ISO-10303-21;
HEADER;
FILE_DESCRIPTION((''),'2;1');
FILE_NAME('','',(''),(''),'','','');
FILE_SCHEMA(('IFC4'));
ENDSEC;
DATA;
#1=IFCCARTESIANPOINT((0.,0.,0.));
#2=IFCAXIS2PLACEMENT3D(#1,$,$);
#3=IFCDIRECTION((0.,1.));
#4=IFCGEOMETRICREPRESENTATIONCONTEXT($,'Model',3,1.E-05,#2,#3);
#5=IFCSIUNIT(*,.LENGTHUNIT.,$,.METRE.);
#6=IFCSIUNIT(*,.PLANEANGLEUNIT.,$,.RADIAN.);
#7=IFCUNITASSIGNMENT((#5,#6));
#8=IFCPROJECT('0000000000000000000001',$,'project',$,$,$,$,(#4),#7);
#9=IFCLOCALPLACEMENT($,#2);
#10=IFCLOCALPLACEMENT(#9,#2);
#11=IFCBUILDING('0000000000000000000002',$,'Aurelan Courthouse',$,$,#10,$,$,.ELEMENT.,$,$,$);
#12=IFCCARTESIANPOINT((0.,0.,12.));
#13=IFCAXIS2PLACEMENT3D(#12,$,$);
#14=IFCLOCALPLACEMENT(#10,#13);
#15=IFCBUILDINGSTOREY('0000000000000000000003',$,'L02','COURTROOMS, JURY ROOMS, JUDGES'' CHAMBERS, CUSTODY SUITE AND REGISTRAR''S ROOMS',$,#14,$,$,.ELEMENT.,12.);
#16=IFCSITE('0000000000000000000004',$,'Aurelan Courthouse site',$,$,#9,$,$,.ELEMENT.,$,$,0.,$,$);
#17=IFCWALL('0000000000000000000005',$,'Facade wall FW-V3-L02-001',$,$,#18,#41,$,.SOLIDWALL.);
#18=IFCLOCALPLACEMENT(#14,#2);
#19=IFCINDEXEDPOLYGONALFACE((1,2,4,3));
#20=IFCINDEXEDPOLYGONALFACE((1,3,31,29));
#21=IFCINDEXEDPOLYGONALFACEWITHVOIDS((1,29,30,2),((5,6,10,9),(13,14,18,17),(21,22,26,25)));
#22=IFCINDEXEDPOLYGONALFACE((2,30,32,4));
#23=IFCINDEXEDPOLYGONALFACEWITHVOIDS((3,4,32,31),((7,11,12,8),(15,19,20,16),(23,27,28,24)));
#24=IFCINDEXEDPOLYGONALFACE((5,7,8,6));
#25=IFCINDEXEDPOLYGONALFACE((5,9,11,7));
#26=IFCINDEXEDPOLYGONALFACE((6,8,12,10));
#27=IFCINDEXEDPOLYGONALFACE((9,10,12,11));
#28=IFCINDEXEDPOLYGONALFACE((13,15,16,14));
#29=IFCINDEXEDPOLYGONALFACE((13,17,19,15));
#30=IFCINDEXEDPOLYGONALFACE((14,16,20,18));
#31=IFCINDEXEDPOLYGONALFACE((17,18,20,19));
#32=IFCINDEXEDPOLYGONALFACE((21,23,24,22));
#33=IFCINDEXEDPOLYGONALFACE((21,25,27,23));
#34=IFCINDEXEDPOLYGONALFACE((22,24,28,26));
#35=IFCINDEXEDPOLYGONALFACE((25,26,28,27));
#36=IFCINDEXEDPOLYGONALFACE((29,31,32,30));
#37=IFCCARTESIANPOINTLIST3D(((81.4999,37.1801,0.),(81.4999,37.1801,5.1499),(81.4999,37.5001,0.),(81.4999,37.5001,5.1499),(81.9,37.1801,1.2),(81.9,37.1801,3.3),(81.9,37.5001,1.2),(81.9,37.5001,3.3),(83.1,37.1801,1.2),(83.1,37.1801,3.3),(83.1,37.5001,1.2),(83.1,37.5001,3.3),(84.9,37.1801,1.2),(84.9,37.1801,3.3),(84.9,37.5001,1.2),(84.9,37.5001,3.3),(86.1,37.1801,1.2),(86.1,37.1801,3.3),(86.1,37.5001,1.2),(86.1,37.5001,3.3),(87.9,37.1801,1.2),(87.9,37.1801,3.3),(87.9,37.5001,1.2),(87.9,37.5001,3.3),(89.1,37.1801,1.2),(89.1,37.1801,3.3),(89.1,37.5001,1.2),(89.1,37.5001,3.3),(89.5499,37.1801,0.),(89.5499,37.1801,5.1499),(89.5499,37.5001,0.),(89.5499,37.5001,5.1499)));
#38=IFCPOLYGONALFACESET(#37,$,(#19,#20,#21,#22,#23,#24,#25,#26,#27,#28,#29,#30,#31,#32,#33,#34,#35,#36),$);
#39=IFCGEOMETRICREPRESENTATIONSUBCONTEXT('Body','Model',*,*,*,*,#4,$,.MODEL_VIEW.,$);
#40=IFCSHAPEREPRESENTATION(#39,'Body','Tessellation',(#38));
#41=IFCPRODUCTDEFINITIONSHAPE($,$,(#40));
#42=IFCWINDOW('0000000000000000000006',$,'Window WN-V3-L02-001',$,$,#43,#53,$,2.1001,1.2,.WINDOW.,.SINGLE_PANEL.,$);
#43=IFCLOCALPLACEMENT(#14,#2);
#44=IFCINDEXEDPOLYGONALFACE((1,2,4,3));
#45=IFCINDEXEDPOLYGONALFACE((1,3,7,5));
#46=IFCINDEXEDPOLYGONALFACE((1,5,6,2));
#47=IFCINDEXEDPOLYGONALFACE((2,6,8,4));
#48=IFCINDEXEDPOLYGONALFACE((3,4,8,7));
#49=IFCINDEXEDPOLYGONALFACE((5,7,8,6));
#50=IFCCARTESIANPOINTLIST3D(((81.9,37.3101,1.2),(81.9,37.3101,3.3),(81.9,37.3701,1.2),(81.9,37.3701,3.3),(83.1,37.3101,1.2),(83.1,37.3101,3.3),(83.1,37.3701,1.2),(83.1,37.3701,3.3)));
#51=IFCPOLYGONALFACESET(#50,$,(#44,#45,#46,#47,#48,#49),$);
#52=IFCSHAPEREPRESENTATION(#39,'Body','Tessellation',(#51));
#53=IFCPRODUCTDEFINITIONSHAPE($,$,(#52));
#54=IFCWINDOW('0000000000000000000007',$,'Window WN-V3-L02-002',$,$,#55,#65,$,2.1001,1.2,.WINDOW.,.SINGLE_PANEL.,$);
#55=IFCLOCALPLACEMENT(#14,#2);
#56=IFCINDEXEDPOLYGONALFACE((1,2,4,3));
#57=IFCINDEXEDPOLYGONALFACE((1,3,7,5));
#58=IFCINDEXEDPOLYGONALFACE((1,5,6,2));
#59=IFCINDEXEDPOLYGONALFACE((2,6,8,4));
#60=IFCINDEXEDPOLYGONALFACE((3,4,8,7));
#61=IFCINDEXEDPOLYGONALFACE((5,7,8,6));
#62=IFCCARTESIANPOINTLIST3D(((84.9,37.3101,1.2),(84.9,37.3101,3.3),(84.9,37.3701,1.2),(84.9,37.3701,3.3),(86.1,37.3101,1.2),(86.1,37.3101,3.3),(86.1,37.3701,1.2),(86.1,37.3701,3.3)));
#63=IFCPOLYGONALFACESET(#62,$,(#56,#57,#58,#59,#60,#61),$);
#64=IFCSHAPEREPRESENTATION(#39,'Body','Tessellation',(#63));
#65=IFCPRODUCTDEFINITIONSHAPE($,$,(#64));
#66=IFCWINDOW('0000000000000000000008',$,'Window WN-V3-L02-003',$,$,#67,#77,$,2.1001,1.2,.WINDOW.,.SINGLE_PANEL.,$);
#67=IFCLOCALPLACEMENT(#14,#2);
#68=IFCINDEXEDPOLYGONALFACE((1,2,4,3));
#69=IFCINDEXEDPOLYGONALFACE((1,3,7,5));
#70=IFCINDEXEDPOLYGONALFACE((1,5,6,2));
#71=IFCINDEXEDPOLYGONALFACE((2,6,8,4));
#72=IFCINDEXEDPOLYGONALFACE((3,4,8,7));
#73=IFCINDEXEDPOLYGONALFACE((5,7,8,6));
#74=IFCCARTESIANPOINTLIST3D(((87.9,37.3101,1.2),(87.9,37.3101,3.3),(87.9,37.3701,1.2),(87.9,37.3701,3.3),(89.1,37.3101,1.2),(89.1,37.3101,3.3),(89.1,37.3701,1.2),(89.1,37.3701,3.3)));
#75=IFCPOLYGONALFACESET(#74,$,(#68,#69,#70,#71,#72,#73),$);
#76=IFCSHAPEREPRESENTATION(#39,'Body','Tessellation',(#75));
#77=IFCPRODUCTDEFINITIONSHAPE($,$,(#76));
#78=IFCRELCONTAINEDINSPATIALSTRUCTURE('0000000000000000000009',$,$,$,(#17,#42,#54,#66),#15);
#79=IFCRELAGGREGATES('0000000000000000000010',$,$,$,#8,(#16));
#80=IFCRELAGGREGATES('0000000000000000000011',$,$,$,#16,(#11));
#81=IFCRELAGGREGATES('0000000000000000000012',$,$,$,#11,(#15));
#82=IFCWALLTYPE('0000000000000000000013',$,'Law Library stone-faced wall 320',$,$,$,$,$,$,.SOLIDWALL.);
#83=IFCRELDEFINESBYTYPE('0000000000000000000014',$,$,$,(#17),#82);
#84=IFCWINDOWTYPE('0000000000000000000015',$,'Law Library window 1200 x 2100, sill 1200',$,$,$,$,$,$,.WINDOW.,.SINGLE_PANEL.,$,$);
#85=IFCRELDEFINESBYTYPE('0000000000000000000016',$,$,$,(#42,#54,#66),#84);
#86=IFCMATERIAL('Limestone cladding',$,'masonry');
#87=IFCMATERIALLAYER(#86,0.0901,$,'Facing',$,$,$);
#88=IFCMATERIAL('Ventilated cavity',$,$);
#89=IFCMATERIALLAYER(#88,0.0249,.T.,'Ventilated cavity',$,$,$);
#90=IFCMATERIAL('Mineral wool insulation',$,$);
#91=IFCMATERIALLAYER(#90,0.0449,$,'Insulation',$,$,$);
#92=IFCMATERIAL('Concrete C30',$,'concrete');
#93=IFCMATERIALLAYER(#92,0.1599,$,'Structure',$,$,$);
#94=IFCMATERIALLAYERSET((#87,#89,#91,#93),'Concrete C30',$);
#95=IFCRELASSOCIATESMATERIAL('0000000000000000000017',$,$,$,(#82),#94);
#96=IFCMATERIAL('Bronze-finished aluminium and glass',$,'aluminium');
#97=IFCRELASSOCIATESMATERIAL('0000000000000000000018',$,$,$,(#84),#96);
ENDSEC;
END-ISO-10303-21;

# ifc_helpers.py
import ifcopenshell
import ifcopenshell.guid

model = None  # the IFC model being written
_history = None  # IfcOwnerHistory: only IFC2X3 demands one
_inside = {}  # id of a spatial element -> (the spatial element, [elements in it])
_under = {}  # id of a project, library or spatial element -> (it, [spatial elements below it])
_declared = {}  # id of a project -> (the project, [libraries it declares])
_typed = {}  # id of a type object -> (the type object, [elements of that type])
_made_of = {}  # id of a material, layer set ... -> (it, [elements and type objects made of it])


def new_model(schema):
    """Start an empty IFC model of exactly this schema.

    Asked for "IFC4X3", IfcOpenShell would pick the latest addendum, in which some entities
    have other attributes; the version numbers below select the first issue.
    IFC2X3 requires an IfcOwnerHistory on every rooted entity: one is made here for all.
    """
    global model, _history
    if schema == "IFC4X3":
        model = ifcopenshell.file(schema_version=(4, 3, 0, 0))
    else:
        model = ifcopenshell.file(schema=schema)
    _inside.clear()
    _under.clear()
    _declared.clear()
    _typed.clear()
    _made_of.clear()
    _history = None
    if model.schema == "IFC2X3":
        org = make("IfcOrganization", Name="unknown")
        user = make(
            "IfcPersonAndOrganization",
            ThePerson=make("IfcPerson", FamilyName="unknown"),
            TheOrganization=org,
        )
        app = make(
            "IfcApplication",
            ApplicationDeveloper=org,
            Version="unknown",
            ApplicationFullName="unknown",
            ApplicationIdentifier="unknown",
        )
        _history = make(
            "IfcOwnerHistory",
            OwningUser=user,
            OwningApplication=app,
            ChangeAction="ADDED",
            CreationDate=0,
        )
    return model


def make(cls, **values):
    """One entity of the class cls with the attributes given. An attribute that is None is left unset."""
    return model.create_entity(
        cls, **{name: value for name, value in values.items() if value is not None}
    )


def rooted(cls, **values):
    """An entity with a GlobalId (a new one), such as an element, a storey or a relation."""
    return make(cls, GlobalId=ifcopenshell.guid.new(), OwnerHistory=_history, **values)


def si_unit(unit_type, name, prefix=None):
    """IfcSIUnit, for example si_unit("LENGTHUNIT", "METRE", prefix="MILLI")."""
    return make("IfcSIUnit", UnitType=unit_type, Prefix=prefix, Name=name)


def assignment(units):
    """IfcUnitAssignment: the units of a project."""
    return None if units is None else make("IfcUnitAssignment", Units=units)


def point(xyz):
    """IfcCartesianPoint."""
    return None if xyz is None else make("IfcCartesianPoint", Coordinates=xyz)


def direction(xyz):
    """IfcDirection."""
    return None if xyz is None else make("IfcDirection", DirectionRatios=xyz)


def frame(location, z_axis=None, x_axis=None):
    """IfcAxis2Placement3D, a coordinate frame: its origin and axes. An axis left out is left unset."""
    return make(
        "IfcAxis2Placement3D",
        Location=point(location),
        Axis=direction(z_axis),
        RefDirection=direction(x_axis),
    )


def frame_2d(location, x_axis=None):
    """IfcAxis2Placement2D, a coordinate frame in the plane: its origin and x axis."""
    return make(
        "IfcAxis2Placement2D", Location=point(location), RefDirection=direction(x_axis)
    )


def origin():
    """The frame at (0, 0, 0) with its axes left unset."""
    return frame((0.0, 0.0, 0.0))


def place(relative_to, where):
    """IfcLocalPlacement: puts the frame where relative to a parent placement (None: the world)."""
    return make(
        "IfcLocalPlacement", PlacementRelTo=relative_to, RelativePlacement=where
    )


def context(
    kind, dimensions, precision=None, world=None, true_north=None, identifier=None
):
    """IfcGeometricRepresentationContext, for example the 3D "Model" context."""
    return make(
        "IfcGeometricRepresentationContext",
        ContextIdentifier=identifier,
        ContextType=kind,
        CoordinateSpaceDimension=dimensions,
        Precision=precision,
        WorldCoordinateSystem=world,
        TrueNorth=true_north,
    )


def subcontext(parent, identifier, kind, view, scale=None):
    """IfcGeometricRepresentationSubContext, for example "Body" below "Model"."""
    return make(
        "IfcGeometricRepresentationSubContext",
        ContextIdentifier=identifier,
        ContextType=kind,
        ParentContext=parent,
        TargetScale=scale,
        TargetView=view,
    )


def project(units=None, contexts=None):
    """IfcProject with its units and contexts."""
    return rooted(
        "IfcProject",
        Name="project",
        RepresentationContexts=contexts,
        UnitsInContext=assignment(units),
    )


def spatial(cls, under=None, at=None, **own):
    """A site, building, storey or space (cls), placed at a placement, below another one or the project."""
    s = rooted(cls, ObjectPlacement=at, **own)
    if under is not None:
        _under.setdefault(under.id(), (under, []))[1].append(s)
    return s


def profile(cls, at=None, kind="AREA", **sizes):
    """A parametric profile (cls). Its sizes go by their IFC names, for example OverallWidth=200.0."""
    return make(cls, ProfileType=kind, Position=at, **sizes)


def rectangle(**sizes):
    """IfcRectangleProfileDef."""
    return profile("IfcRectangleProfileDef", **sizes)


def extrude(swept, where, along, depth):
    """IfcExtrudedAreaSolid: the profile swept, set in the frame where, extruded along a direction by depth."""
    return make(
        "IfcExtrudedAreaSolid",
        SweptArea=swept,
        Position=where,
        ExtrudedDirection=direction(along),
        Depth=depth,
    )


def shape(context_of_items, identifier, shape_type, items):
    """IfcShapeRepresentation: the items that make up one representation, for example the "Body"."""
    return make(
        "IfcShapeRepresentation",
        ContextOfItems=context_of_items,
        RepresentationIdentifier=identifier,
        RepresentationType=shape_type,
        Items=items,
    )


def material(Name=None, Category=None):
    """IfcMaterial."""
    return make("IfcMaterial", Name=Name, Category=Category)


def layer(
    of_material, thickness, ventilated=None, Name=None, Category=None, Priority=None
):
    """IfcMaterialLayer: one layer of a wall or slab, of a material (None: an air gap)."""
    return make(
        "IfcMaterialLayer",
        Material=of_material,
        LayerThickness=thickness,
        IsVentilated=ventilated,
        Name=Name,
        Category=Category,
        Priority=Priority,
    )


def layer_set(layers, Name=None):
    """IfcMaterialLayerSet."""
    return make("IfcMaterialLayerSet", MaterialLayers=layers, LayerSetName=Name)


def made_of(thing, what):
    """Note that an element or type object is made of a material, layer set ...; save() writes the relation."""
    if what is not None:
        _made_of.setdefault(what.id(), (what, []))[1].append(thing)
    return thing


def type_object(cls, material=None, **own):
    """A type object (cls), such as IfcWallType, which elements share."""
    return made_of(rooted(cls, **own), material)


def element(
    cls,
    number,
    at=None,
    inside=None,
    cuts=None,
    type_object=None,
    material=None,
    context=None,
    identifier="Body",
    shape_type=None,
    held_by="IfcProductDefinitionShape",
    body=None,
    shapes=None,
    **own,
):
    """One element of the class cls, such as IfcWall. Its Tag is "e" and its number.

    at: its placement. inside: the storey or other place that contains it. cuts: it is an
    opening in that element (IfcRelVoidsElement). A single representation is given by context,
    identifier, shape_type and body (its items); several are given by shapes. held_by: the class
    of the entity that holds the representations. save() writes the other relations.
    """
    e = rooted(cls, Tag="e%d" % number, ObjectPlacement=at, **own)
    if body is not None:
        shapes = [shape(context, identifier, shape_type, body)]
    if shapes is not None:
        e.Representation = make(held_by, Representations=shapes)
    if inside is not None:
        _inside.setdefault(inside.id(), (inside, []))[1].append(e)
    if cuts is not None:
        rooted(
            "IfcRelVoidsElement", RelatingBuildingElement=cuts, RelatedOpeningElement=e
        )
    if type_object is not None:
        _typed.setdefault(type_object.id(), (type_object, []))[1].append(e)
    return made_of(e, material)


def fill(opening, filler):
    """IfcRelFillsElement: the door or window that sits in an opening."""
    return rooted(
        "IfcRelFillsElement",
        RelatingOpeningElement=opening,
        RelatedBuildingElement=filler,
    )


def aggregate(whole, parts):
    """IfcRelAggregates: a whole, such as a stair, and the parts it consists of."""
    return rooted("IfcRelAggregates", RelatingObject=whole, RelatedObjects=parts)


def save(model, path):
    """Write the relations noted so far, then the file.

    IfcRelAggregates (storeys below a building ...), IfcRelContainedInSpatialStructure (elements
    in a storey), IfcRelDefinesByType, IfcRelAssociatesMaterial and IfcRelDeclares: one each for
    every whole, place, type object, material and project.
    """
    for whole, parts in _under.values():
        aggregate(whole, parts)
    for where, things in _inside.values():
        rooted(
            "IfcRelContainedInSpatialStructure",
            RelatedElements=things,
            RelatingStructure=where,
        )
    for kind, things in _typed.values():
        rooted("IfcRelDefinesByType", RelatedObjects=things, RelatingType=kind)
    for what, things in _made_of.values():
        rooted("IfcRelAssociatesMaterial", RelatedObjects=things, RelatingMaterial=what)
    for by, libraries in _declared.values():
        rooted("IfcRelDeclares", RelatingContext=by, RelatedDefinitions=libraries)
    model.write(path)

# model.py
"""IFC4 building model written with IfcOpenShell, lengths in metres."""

from ifc_helpers import new_model, si_unit, direction, frame, frame_2d, origin, place, context, subcontext, project, spatial, rectangle, extrude, material, layer, layer_set, type_object, element, fill, save


model = new_model("IFC4")

# Units and contexts
model_context = context("Model", 3, precision=1e-05, world=origin(), true_north=direction((0.0, 1.0)))
body_context = subcontext(model_context, "Body", "Model", "MODEL_VIEW")
ifc_project = project(units=[si_unit("LENGTHUNIT", "METRE"), si_unit("PLANEANGLEUNIT", "RADIAN")], contexts=[model_context])

# Site, building, storey
site_placement = place(None, origin())
site = spatial("IfcSite", under=ifc_project, at=site_placement, Name="Aurelan Courthouse site", CompositionType="ELEMENT", RefElevation=0.0)
building_placement = place(site_placement, origin())
building = spatial("IfcBuilding", under=site, at=building_placement, Name="Aurelan Courthouse", CompositionType="ELEMENT")
storey_placement = place(building_placement, frame((0.0, 0.0, 12.0)))
storey = spatial("IfcBuildingStorey", under=building, at=storey_placement, Name="L02", Description="COURTROOMS, JURY ROOMS, JUDGES' CHAMBERS, CUSTODY SUITE AND REGISTRAR'S ROOMS", CompositionType="ELEMENT", Elevation=12.0)

# Shared definitions
ifc_material_1 = material(Name="Bronze-finished aluminium and glass", Category="aluminium")

# Shared definitions
ifc_material_2 = material(Name="Limestone cladding", Category="masonry")

# Wall, openings, windows
ifc_layer_1 = layer(ifc_material_2, 0.0901, Name="Facing")
ifc_material_3 = material(Name="Ventilated cavity")
ifc_layer_2 = layer(ifc_material_3, 0.0249, ventilated=True, Name="Ventilated cavity")
ifc_material_4 = material(Name="Mineral wool insulation")
ifc_layer_3 = layer(ifc_material_4, 0.0449, Name="Insulation")
ifc_material_5 = material(Name="Concrete C30", Category="concrete")
ifc_layer_4 = layer(ifc_material_5, 0.1599, Name="Structure")
ifc_layer_set_1 = layer_set([ifc_layer_1, ifc_layer_2, ifc_layer_3, ifc_layer_4], Name="Concrete C30")
wall_type_1 = type_object("IfcWallType", Name="Law Library stone-faced wall 320", PredefinedType="SOLIDWALL", material=ifc_layer_set_1)
wall_1_placement = place(storey_placement, frame((81.5, 37.3401, 0.0), z_axis=(0.0, 0.0, 1.0), x_axis=(1.0, 0.0, 0.0)))
wall_1 = element("IfcWall", 1, at=wall_1_placement, inside=storey, type_object=wall_type_1, Name="Facade wall FW-V3-L02-001", PredefinedType="SOLIDWALL", context=body_context, shape_type="SweptSolid", body=[
    extrude(rectangle(XDim=8.05, YDim=0.3201, at=frame_2d((4.0249, 0.0))), origin(), (0.0, 0.0, 1.0), 5.1499),
])
opening_1_placement = place(wall_1_placement, frame((0.3999, 0.0, 1.2)))
opening_1 = element("IfcOpeningElement", 2, at=opening_1_placement, cuts=wall_1, PredefinedType="OPENING", context=body_context, shape_type="SweptSolid", body=[
    extrude(rectangle(XDim=1.2, YDim=2.1001, at=frame_2d((0.6001, 1.05))), frame((0.0, 0.1699, 0.0), z_axis=(0.0, -1.0, 0.0), x_axis=(1.0, 0.0, 0.0)), (0.0, 0.0, 1.0), 0.3401),
])
opening_2_placement = place(wall_1_placement, frame((3.3999, 0.0, 1.2)))
opening_2 = element("IfcOpeningElement", 3, at=opening_2_placement, cuts=wall_1, PredefinedType="OPENING", context=body_context, shape_type="SweptSolid", body=[
    extrude(rectangle(XDim=1.2, YDim=2.1001, at=frame_2d((0.6001, 1.05))), frame((0.0, 0.1699, 0.0), z_axis=(0.0, -1.0, 0.0), x_axis=(1.0, 0.0, 0.0)), (0.0, 0.0, 1.0), 0.3401),
])
opening_3_placement = place(wall_1_placement, frame((6.3999, 0.0, 1.2)))
opening_3 = element("IfcOpeningElement", 4, at=opening_3_placement, cuts=wall_1, PredefinedType="OPENING", context=body_context, shape_type="SweptSolid", body=[
    extrude(rectangle(XDim=1.2, YDim=2.1001, at=frame_2d((0.6001, 1.05))), frame((0.0, 0.1699, 0.0), z_axis=(0.0, -1.0, 0.0), x_axis=(1.0, 0.0, 0.0)), (0.0, 0.0, 1.0), 0.3401),
])
window_type = type_object("IfcWindowType", Name="Law Library window 1200 x 2100, sill 1200", PartitioningType="SINGLE_PANEL", PredefinedType="WINDOW", material=ifc_material_1)
window_1_placement = place(opening_1_placement, origin())
window_1 = element("IfcWindow", 5, at=window_1_placement, inside=storey, type_object=window_type, Name="Window WN-V3-L02-001", OverallHeight=2.1001, OverallWidth=1.2, PartitioningType="SINGLE_PANEL", PredefinedType="WINDOW", context=body_context, shape_type="SweptSolid", body=[
    extrude(rectangle(XDim=1.2, YDim=2.1001, at=frame_2d((0.6001, 1.05))), frame((0.0, 0.03, 0.0), z_axis=(0.0, -1.0, 0.0), x_axis=(1.0, 0.0, 0.0)), (0.0, 0.0, 1.0), 0.0601),
])
fill(opening_1, window_1)
window_2_placement = place(opening_2_placement, origin())
window_2 = element("IfcWindow", 6, at=window_2_placement, inside=storey, type_object=window_type, Name="Window WN-V3-L02-002", OverallHeight=2.1001, OverallWidth=1.2, PartitioningType="SINGLE_PANEL", PredefinedType="WINDOW", context=body_context, shape_type="SweptSolid", body=[
    extrude(rectangle(XDim=1.2, YDim=2.1001, at=frame_2d((0.6001, 1.05))), frame((0.0, 0.03, 0.0), z_axis=(0.0, -1.0, 0.0), x_axis=(1.0, 0.0, 0.0)), (0.0, 0.0, 1.0), 0.0601),
])
fill(opening_2, window_2)
window_3_placement = place(opening_3_placement, origin())
window_3 = element("IfcWindow", 7, at=window_3_placement, inside=storey, type_object=window_type, Name="Window WN-V3-L02-003", OverallHeight=2.1001, OverallWidth=1.2, PartitioningType="SINGLE_PANEL", PredefinedType="WINDOW", context=body_context, shape_type="SweptSolid", body=[
    extrude(rectangle(XDim=1.2, YDim=2.1001, at=frame_2d((0.6001, 1.05))), frame((0.0, 0.03, 0.0), z_axis=(0.0, -1.0, 0.0), x_axis=(1.0, 0.0, 0.0)), (0.0, 0.0, 1.0), 0.0601),
])
fill(opening_3, window_3)

save(model, "model.ifc")
